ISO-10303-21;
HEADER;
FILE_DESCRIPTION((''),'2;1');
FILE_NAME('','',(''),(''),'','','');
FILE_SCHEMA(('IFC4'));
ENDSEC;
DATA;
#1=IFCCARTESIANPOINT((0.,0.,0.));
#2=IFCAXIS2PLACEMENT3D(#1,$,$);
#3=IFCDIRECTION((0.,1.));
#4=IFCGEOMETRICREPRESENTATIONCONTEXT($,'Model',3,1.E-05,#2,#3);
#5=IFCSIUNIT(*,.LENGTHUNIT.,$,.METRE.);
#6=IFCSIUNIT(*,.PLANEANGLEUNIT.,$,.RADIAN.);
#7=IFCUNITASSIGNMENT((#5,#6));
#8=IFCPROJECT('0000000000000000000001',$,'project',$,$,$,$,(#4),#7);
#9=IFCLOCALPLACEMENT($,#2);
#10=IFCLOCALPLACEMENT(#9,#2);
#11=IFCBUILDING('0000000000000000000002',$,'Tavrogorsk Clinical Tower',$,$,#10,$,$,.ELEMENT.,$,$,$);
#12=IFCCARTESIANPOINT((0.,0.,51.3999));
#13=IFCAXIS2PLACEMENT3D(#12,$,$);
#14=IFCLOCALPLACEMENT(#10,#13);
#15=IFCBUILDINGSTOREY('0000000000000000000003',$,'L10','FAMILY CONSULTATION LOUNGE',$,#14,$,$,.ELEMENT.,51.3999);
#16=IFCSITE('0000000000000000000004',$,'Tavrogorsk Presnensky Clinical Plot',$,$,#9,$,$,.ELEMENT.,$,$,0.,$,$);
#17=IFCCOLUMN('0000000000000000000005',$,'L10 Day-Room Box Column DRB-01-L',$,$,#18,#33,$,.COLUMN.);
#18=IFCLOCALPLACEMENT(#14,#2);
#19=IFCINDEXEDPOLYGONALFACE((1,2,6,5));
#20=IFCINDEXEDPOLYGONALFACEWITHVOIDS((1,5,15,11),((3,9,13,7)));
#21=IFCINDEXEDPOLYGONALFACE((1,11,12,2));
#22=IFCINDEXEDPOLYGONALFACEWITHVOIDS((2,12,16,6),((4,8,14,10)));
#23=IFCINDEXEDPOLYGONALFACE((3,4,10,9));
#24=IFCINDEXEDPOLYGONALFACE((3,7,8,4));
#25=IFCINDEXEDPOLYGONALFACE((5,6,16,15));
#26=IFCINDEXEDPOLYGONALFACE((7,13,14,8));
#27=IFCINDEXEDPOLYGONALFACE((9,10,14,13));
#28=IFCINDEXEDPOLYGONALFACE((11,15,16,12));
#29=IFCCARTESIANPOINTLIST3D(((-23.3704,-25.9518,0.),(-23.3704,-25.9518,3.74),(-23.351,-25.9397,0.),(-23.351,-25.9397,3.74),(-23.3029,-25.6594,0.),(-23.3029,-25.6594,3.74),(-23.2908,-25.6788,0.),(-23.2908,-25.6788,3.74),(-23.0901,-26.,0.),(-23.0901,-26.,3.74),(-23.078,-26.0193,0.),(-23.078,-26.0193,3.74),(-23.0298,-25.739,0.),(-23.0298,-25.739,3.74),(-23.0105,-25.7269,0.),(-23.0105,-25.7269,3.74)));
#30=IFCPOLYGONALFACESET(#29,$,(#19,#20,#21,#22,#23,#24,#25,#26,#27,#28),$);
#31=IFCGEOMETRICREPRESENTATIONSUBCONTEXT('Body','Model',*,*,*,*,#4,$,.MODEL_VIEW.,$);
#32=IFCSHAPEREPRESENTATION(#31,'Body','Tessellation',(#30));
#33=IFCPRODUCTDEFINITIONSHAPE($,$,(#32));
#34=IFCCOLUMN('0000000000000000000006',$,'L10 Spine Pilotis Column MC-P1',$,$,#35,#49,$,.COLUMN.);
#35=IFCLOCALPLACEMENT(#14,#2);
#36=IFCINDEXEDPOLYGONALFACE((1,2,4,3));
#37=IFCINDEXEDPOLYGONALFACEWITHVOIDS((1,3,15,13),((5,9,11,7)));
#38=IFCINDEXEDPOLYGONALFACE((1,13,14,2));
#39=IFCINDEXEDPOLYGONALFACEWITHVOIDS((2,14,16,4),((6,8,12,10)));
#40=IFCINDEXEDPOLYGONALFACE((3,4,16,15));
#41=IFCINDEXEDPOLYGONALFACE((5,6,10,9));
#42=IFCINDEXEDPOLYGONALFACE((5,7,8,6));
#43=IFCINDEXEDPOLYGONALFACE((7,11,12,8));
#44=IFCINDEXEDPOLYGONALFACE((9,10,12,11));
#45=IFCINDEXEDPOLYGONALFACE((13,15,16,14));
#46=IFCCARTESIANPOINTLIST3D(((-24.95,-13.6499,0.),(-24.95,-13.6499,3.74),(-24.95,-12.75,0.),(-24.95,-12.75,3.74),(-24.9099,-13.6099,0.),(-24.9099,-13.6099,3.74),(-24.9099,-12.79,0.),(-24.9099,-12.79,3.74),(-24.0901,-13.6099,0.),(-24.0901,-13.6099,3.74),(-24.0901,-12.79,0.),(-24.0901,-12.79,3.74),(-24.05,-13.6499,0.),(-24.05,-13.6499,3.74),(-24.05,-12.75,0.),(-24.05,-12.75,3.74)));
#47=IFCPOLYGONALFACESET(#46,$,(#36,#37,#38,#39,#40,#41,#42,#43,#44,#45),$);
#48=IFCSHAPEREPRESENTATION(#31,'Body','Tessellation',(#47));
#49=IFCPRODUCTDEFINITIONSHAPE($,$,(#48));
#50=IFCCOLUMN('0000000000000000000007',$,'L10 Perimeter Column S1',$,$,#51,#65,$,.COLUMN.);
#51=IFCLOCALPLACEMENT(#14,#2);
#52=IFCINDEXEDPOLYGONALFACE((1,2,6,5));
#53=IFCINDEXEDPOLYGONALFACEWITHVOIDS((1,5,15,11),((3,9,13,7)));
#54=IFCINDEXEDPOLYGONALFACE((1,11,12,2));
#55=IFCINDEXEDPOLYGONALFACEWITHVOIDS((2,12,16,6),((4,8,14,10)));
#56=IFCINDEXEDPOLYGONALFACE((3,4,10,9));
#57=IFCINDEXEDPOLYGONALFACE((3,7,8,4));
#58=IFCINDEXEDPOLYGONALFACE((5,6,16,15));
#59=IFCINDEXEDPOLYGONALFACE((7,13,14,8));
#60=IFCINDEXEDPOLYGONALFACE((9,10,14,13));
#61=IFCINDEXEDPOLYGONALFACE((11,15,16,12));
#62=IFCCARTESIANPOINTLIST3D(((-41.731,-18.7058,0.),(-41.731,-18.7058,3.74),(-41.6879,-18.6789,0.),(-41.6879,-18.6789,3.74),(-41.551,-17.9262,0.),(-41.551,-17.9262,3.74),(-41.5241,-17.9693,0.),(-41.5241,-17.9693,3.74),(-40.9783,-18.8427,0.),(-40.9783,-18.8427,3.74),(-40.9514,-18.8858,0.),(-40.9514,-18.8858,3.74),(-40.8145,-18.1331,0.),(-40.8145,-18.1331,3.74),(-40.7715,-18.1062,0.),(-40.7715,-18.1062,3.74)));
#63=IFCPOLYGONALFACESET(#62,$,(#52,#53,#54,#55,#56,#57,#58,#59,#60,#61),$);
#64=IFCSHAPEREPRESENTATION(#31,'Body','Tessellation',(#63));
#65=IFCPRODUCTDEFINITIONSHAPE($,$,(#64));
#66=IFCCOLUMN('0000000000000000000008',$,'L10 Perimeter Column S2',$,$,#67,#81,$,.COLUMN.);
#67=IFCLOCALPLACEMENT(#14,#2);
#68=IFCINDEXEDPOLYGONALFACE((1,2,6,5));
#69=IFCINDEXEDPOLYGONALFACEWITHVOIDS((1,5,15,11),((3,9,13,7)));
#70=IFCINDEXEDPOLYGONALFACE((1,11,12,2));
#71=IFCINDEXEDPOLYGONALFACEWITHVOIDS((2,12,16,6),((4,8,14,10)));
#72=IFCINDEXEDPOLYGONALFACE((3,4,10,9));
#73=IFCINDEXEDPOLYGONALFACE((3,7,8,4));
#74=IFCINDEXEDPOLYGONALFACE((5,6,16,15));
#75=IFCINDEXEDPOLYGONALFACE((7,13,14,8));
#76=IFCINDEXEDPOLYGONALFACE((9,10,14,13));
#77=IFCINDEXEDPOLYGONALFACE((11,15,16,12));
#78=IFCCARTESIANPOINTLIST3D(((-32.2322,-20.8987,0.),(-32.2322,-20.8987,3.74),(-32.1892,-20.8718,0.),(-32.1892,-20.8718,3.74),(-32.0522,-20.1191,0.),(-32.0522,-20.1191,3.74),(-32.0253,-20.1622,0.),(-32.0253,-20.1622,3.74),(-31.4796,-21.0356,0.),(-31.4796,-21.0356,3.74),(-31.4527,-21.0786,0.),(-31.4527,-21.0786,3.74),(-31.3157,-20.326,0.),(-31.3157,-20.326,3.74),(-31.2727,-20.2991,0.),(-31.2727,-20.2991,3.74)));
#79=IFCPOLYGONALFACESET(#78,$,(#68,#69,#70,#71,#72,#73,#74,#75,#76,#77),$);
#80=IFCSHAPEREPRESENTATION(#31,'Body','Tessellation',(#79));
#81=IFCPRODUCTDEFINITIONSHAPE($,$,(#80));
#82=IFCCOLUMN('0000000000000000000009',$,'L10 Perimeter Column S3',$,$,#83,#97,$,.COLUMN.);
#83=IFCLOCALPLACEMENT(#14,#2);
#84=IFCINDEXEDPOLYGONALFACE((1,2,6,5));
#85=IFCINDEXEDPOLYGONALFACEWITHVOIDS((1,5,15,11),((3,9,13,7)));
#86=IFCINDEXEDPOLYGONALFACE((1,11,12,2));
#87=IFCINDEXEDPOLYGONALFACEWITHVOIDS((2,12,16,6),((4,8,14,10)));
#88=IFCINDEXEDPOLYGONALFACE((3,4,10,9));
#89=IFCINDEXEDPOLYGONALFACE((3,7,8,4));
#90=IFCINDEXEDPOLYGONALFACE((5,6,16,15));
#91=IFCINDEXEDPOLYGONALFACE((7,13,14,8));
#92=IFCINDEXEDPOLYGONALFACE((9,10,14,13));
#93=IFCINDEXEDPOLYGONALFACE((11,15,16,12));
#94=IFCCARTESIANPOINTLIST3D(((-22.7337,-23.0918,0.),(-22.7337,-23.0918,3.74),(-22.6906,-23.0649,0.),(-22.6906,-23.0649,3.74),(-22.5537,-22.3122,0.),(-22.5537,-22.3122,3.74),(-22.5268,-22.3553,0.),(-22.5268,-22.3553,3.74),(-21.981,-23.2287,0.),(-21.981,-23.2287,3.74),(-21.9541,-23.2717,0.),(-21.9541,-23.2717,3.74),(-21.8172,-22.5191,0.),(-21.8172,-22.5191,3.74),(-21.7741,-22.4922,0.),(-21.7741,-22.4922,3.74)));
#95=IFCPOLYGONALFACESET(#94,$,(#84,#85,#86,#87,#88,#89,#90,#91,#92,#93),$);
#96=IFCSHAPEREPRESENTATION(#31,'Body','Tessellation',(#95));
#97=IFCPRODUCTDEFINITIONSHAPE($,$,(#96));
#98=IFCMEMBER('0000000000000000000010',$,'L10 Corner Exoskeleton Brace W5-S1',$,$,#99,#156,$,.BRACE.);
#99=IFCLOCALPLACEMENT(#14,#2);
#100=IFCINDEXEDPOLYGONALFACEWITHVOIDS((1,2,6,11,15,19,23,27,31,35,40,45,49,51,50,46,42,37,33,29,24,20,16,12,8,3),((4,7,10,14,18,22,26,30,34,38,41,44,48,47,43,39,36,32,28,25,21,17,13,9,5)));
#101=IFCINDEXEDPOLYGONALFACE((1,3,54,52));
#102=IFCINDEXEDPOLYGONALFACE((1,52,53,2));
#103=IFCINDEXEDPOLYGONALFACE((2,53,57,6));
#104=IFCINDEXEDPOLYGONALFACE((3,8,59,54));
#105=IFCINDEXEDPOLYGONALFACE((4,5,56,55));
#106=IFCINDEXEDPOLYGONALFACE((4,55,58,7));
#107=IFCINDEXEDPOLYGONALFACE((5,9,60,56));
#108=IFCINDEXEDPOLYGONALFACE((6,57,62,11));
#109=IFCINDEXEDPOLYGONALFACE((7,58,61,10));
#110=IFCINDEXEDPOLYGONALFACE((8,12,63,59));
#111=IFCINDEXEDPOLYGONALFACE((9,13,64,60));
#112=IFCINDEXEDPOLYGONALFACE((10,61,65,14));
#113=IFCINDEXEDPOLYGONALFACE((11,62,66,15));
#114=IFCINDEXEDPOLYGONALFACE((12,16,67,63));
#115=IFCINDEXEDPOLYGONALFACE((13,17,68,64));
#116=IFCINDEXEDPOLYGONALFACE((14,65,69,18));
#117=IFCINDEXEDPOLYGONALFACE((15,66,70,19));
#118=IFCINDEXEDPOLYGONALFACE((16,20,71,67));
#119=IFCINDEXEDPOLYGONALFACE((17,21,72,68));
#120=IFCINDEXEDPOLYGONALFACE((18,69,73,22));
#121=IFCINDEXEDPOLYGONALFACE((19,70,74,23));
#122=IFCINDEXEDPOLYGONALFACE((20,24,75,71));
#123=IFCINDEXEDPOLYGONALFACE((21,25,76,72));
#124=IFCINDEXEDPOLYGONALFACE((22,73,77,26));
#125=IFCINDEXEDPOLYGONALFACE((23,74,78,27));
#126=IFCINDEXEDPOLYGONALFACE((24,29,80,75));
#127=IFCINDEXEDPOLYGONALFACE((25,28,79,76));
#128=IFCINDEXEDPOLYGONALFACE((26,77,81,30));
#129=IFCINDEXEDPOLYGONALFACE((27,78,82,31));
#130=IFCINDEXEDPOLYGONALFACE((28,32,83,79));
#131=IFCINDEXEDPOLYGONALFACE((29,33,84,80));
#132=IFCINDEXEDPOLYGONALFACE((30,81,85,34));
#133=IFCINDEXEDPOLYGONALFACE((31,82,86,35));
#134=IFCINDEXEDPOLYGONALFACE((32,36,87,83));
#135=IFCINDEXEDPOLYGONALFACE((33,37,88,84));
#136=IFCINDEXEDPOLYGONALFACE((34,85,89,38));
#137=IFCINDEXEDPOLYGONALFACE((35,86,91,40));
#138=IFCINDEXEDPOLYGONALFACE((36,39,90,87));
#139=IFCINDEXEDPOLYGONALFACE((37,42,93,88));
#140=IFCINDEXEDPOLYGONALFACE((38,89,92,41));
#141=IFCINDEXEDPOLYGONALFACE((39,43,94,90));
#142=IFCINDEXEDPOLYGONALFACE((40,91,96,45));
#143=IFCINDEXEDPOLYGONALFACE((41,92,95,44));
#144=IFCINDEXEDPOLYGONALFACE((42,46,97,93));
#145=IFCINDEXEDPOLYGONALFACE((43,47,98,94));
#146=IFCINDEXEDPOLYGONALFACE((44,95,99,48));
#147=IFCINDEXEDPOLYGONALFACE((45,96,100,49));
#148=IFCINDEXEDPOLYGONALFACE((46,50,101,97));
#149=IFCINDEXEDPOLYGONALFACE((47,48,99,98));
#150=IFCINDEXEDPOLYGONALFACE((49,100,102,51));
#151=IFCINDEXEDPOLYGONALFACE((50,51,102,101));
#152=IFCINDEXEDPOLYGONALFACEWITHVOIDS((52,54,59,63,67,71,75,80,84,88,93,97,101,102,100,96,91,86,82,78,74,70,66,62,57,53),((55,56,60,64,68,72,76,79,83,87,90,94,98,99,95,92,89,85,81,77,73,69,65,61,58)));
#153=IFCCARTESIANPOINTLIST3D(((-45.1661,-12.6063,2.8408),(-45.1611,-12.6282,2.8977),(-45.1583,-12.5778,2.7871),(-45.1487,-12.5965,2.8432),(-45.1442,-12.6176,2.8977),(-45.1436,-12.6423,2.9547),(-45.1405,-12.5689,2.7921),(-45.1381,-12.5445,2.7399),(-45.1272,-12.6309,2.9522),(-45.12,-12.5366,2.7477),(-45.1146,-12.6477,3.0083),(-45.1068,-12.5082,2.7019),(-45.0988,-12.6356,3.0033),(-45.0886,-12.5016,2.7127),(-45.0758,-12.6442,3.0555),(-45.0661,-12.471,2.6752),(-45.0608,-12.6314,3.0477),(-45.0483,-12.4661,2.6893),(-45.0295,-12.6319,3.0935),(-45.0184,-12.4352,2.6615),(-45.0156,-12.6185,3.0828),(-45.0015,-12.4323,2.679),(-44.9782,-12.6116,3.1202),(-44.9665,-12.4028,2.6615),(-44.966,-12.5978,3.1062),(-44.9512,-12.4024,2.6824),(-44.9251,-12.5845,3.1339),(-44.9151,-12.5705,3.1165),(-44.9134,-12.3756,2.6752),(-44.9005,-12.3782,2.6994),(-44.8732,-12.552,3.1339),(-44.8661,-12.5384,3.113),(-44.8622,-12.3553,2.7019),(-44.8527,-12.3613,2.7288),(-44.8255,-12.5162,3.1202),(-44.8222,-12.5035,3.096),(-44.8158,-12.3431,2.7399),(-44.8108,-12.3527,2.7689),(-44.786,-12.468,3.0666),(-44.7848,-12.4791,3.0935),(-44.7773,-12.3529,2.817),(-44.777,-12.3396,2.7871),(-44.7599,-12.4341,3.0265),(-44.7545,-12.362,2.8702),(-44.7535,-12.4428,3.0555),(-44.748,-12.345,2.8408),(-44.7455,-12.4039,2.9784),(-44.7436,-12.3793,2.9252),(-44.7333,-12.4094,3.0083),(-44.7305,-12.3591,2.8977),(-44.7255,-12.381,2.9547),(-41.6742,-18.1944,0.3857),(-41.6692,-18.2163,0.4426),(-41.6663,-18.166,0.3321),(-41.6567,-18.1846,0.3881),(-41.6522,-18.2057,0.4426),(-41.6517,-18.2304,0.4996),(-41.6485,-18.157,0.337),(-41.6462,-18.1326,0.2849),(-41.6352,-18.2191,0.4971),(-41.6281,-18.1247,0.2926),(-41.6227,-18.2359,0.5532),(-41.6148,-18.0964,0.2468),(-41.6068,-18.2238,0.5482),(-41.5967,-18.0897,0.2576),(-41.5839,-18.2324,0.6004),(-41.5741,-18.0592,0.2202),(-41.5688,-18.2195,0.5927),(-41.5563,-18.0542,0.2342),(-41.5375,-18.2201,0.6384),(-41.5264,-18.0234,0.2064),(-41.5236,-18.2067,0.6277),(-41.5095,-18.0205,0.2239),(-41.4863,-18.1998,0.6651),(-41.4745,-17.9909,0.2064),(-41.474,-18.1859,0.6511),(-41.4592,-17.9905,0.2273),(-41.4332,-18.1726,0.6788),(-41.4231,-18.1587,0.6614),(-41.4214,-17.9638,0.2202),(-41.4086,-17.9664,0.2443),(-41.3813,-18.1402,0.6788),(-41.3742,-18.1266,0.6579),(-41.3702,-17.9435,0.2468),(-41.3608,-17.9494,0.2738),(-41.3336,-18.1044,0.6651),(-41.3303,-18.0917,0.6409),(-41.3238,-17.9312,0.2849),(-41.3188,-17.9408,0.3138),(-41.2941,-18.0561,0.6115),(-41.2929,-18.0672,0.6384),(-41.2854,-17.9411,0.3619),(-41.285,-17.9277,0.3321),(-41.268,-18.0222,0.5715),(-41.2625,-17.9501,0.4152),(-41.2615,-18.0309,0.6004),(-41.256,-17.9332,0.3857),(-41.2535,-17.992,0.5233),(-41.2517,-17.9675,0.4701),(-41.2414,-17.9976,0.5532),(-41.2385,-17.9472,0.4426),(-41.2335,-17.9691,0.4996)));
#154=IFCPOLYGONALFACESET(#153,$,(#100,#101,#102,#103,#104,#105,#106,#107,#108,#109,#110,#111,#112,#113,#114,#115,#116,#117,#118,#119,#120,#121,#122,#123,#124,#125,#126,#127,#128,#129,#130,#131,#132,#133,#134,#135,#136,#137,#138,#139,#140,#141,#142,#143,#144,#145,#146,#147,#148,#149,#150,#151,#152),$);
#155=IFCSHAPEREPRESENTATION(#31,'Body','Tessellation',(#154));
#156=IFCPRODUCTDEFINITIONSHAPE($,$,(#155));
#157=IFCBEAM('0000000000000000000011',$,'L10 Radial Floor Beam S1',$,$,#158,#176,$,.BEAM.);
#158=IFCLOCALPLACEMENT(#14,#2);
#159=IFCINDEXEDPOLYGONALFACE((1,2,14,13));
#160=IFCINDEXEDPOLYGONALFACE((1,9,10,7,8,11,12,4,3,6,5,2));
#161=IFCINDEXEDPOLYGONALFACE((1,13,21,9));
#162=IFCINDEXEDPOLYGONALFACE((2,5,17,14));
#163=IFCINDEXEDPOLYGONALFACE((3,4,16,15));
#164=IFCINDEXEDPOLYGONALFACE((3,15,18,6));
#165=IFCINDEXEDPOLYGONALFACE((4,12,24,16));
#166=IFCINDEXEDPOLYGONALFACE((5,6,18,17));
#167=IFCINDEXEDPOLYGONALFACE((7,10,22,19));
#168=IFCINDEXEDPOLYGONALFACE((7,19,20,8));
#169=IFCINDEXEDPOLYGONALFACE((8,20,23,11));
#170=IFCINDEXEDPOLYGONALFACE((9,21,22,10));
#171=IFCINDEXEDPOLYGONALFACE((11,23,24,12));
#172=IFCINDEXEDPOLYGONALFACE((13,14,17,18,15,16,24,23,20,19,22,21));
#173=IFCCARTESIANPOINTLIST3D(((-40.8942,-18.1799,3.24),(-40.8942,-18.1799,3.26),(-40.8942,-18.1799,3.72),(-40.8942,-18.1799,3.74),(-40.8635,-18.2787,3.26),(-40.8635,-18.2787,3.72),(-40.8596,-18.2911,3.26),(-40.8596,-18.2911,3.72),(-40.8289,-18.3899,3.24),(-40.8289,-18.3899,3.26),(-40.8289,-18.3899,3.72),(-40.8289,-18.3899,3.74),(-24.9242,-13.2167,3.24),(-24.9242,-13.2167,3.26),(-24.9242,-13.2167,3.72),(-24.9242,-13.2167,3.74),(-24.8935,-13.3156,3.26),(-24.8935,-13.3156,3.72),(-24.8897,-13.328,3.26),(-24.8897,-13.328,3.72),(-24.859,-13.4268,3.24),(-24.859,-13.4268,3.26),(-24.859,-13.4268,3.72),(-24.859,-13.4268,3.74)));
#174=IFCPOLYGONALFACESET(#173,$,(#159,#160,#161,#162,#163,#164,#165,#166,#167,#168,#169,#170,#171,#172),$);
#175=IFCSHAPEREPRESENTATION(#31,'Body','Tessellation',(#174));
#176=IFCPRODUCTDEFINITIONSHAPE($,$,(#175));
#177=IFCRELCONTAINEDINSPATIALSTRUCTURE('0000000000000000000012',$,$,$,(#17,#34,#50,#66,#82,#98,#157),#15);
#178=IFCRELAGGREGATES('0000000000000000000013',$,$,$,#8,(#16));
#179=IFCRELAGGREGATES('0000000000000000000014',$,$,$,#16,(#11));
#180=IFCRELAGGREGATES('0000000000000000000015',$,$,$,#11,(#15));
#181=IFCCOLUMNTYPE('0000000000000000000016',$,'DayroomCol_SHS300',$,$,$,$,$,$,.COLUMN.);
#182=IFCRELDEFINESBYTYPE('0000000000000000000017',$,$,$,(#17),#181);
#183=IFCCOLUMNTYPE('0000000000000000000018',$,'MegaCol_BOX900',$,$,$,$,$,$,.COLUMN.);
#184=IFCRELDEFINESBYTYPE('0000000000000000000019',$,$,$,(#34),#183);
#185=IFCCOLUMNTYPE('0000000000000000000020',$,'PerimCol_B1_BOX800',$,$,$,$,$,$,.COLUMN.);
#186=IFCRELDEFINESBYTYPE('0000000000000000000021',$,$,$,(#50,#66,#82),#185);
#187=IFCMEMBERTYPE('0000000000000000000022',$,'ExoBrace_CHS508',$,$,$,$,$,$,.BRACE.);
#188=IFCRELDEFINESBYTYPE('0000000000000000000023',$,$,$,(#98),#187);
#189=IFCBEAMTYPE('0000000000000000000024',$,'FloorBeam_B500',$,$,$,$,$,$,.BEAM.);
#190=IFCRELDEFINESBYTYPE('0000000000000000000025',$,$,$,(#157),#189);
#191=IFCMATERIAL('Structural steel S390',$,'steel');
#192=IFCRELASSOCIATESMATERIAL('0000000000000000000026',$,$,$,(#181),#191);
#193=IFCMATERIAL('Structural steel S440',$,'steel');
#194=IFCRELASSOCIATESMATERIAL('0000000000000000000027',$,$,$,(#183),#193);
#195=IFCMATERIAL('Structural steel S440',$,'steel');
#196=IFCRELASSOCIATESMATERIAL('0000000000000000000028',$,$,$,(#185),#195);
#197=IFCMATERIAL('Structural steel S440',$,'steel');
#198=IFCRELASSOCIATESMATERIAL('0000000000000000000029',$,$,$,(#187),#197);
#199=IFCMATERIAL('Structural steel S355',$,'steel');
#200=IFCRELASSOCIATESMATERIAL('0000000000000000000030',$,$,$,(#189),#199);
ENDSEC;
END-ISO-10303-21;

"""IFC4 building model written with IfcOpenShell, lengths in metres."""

from ifc_helpers import new_model, si_unit, direction, frame, origin, origin_2d, place, context, subcontext, project, spatial, hollow_rectangle, hollow_circle, i_section, extrude, material, material_profile, profile_set, type_object, element, save


model = new_model("IFC4")

# Units and contexts
model_context = context("Model", 3, precision=1e-05, world=origin(), true_north=direction((0.0, 1.0)))
body_context = subcontext(model_context, "Body", "Model", "MODEL_VIEW")
ifc_project = project(units=[si_unit("LENGTHUNIT", "METRE"), si_unit("PLANEANGLEUNIT", "RADIAN")], contexts=[model_context])

# Site, building, storey
site_placement = place(None, origin())
site = spatial("IfcSite", under=ifc_project, at=site_placement, Name="Tavrogorsk Presnensky Clinical Plot", CompositionType="ELEMENT", RefElevation=0.0)
building_placement = place(site_placement, origin())
building = spatial("IfcBuilding", under=site, at=building_placement, Name="Tavrogorsk Clinical Tower", CompositionType="ELEMENT")
storey_placement = place(building_placement, frame((0.0, 0.0, 51.3999)))
storey = spatial("IfcBuildingStorey", under=building, at=storey_placement, Name="L10", Description="FAMILY CONSULTATION LOUNGE", CompositionType="ELEMENT", Elevation=51.3999)

# Columns
ifc_material_1 = material(Name="Structural steel S390", Category="steel")
ifc_material_profile_1 = material_profile(ifc_material_1, hollow_rectangle(XDim=0.3, YDim=0.3, WallThickness=0.0161, at=origin_2d()), Name="SHS-300x300x16")
ifc_profile_set_1 = profile_set([ifc_material_profile_1], Name="Structural steel S390")
column_type_1 = type_object("IfcColumnType", Name="DayroomCol_SHS300", PredefinedType="COLUMN", material=ifc_profile_set_1)
column_1_placement = place(storey_placement, frame((-23.1904, -25.8394, 0.0), z_axis=(0.0, 0.0, 1.0), x_axis=(0.97437, -0.224951, 0.0)))
element("IfcColumn", 1, at=column_1_placement, inside=storey, type_object=column_type_1, Name="L10 Day-Room Box Column DRB-01-L", PredefinedType="COLUMN", context=body_context, shape_type="SweptSolid", body=[
    extrude(hollow_rectangle(XDim=0.3, YDim=0.3, WallThickness=0.0161, at=origin_2d()), origin(), (0.0, 0.0, 1.0), 3.74),
])
ifc_material_2 = material(Name="Structural steel S440", Category="steel")
ifc_material_profile_2 = material_profile(ifc_material_2, hollow_rectangle(XDim=0.8999, YDim=0.8999, WallThickness=0.04, at=origin_2d()), Name="BOX-900x900x40")
ifc_profile_set_2 = profile_set([ifc_material_profile_2], Name="Structural steel S440")
column_type_2 = type_object("IfcColumnType", Name="MegaCol_BOX900", PredefinedType="COLUMN", material=ifc_profile_set_2)
column_2_placement = place(storey_placement, frame((-24.5, -13.2, 0.0), z_axis=(0.0, 0.0, 1.0), x_axis=(1.0, 0.0, 0.0)))
element("IfcColumn", 2, at=column_2_placement, inside=storey, type_object=column_type_2, Name="L10 Spine Pilotis Column MC-P1", PredefinedType="COLUMN", context=body_context, shape_type="SweptSolid", body=[
    extrude(hollow_rectangle(XDim=0.8999, YDim=0.8999, WallThickness=0.04, at=origin_2d()), origin(), (0.0, 0.0, 1.0), 3.74),
])
ifc_material_3 = material(Name="Structural steel S440", Category="steel")
ifc_material_profile_3 = material_profile(ifc_material_3, hollow_rectangle(XDim=0.8, YDim=0.8, WallThickness=0.0359, at=origin_2d()), Name="BOX-800x800x36")
ifc_profile_set_3 = profile_set([ifc_material_profile_3], Name="Structural steel S440")
column_type_3 = type_object("IfcColumnType", Name="PerimCol_B1_BOX800", PredefinedType="COLUMN", material=ifc_profile_set_3)
for number, where, z_axis, x_axis, name in (
    (3, (-41.2512, -18.406, 0.0), (0.0, 0.0, 1.0), (0.97437, -0.224951, 0.0), "L10 Perimeter Column S1"),
    (4, (-31.7524, -20.5989, 0.0), (0.0, 0.0, 1.0), (0.97437, -0.224951, 0.0), "L10 Perimeter Column S2"),
    (5, (-22.2539, -22.792, 0.0), (0.0, 0.0, 1.0), (0.97437, -0.224951, 0.0), "L10 Perimeter Column S3"),
):
    element("IfcColumn", number, at=place(storey_placement, frame(where, z_axis=z_axis, x_axis=x_axis)), inside=storey, type_object=column_type_3, Name=name, PredefinedType="COLUMN", context=body_context, shape_type="SweptSolid", body=[
        extrude(hollow_rectangle(XDim=0.8, YDim=0.8, WallThickness=0.0359, at=origin_2d()), origin(), (0.0, 0.0, 1.0), 3.74),
    ])

# Member
ifc_material_4 = material(Name="Structural steel S440", Category="steel")
ifc_material_profile_4 = material_profile(ifc_material_4, hollow_circle(Radius=0.2539, WallThickness=0.02, at=origin_2d()), Name="CHS-508x20")
ifc_profile_set_4 = profile_set([ifc_material_profile_4], Name="Structural steel S440")
member_type = type_object("IfcMemberType", Name="ExoBrace_CHS508", PredefinedType="BRACE", material=ifc_profile_set_4)
member_placement = place(storey_placement, frame((-41.4539, -18.0818, 0.4426), z_axis=(-0.496582, 0.794678, 0.349132), x_axis=(-0.848042, -0.529929, 0.0)))
element("IfcMember", 6, at=member_placement, inside=storey, type_object=member_type, Name="L10 Corner Exoskeleton Brace W5-S1", PredefinedType="BRACE", context=body_context, shape_type="SweptSolid", body=[
    extrude(hollow_circle(Radius=0.2539, WallThickness=0.02, at=origin_2d()), origin(), (0.0, 0.0, 1.0), 7.032),
])

# Beam
ifc_material_5 = material(Name="Structural steel S355", Category="steel")
ifc_material_profile_5 = material_profile(ifc_material_5, i_section(OverallWidth=0.22, OverallDepth=0.5, WebThickness=0.0129, FlangeThickness=0.02, at=origin_2d()), Name="B-500x220x13x20")
ifc_profile_set_5 = profile_set([ifc_material_profile_5], Name="Structural steel S355")
beam_type_1 = type_object("IfcBeamType", Name="FloorBeam_B500", PredefinedType="BEAM", material=ifc_profile_set_5)
beam_1_placement = place(storey_placement, frame((-24.8916, -13.3218, 3.49), z_axis=(-0.954947, -0.296778, 0.0), x_axis=(0.296778, -0.954947, 0.0)))
element("IfcBeam", 7, at=beam_1_placement, inside=storey, type_object=beam_type_1, Name="L10 Radial Floor Beam S1", PredefinedType="BEAM", context=body_context, shape_type="SweptSolid", body=[
    extrude(i_section(OverallWidth=0.22, OverallDepth=0.5, WebThickness=0.0129, FlangeThickness=0.02, at=origin_2d()), origin(), (0.0, 0.0, 1.0), 16.7234),
])

save(model, "model.ifc")
